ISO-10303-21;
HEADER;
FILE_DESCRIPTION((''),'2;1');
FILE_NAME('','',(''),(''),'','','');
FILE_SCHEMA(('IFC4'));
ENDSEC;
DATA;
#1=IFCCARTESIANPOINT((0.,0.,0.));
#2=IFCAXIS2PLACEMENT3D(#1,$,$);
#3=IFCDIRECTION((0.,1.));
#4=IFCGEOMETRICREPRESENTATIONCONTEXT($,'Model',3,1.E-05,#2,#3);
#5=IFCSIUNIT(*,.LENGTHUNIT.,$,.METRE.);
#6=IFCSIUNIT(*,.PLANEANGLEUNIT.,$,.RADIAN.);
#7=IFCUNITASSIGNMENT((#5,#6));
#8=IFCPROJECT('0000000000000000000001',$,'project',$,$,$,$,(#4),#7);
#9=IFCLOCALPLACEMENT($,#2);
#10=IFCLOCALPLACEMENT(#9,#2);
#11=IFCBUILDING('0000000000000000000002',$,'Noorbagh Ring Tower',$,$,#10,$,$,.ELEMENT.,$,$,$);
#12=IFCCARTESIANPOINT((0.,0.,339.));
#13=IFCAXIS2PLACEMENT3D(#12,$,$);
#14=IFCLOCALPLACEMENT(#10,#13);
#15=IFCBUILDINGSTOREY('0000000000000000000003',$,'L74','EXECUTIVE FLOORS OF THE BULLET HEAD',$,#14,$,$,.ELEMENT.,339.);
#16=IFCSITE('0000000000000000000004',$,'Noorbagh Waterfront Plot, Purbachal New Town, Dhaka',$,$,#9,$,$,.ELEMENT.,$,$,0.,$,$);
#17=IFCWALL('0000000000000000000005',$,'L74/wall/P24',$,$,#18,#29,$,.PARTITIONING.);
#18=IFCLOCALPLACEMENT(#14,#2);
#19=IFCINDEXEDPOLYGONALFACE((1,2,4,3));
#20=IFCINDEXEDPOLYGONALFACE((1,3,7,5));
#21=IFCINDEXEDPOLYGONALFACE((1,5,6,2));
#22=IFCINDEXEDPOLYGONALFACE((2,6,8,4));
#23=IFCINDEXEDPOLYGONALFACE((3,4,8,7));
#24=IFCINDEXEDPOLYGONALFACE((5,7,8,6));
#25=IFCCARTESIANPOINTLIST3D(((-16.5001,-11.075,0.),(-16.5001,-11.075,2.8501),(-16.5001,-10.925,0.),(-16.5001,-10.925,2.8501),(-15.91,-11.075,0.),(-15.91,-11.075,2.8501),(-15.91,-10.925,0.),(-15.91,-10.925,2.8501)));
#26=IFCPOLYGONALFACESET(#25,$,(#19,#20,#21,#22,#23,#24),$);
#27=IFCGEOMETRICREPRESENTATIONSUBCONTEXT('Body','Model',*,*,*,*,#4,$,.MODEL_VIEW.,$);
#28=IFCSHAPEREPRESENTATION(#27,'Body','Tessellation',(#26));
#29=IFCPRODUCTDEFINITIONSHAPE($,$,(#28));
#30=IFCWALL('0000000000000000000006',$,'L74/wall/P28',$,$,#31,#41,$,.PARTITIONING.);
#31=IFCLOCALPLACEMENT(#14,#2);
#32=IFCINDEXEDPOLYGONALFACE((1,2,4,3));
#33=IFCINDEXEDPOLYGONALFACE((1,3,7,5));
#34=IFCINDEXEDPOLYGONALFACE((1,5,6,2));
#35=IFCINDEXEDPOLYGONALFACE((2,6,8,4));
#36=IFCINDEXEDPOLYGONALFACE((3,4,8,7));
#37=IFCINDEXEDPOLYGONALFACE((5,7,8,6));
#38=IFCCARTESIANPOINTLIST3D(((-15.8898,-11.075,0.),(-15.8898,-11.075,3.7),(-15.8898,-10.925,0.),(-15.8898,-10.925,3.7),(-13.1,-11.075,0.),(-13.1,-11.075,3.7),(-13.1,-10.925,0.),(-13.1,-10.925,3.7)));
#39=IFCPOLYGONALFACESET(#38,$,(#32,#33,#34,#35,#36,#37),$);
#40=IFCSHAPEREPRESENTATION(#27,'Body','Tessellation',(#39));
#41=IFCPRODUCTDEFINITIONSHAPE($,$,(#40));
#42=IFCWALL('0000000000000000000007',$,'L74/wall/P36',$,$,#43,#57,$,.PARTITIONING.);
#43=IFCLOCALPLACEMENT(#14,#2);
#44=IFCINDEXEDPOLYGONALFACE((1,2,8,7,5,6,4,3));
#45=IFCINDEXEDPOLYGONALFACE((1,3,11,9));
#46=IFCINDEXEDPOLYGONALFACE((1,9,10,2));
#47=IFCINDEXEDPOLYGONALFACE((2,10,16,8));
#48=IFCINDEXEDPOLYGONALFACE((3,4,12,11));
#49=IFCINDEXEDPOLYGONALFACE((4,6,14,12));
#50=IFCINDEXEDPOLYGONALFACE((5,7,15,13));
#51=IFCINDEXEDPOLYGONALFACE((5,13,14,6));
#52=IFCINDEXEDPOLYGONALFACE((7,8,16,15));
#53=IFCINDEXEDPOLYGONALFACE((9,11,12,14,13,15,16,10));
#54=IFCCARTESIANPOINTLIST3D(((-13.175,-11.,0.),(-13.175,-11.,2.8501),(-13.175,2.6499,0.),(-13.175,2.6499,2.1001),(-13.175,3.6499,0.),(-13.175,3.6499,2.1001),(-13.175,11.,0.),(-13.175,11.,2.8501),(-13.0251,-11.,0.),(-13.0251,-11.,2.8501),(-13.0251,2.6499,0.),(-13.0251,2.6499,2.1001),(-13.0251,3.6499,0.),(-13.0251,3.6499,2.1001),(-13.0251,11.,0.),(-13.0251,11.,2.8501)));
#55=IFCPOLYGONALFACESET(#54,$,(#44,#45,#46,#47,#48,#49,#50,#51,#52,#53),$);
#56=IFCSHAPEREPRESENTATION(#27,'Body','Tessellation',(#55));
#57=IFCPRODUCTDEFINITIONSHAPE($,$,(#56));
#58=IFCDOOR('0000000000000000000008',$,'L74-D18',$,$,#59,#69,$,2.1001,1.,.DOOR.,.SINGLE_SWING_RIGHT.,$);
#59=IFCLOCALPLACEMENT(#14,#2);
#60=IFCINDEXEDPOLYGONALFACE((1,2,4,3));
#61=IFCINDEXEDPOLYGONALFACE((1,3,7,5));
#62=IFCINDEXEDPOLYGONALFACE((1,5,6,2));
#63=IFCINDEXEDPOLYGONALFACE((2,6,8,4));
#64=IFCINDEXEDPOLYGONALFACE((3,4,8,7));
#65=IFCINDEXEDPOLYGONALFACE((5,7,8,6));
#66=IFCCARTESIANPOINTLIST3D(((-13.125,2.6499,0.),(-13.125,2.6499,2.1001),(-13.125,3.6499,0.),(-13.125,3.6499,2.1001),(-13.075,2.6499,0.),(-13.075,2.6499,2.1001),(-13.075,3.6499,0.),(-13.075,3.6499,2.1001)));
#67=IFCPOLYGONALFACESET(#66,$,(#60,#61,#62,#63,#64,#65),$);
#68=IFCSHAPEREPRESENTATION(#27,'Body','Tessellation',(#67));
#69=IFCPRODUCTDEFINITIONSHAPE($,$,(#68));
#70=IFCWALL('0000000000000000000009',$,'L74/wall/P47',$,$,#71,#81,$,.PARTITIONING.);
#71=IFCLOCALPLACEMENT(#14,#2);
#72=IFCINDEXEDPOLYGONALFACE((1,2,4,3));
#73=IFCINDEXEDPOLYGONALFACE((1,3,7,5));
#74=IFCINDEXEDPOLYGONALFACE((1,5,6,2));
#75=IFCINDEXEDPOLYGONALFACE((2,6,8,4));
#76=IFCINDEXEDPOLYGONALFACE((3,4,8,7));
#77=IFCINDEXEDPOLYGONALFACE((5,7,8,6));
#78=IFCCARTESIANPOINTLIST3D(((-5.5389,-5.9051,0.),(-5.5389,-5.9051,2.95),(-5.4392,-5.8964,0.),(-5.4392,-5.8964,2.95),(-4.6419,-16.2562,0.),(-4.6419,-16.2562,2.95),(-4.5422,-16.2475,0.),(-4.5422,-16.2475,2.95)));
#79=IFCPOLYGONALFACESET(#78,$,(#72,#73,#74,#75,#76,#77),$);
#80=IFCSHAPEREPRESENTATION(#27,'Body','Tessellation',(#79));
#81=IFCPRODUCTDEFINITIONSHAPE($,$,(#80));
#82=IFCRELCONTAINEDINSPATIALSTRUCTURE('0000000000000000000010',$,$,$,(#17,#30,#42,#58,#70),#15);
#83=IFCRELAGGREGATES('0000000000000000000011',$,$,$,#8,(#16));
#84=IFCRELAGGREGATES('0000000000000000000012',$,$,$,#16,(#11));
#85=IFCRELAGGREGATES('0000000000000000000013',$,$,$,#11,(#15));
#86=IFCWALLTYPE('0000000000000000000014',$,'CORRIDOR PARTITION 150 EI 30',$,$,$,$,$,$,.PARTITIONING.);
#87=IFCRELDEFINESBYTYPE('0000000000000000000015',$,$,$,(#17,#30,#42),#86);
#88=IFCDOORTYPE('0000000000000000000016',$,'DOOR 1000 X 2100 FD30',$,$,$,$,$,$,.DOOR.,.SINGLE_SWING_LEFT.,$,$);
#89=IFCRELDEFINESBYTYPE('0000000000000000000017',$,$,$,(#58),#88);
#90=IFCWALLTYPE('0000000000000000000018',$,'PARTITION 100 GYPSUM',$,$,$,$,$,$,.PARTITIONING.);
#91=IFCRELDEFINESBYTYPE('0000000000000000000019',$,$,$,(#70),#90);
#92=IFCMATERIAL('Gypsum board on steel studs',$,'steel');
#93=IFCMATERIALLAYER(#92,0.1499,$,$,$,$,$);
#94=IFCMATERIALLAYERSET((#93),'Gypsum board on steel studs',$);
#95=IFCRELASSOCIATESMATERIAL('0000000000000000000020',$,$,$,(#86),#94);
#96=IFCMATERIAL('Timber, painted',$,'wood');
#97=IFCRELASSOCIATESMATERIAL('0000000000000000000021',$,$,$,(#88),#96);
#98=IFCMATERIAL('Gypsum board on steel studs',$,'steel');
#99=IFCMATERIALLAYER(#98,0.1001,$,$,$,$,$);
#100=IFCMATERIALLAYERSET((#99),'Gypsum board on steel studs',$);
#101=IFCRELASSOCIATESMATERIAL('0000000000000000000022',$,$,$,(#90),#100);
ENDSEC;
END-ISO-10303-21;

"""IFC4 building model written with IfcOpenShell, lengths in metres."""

from ifc_helpers import new_model, si_unit, direction, frame, frame_2d, origin, place, context, subcontext, project, spatial, rectangle, extrude, material, layer, layer_set, type_object, element, fill, save


model = new_model("IFC4")

# Units and contexts
model_context = context("Model", 3, precision=1e-05, world=origin(), true_north=direction((0.0, 1.0)))
body_context = subcontext(model_context, "Body", "Model", "MODEL_VIEW")
ifc_project = project(units=[si_unit("LENGTHUNIT", "METRE"), si_unit("PLANEANGLEUNIT", "RADIAN")], contexts=[model_context])

# Site, building, storey
site_placement = place(None, origin())
site = spatial("IfcSite", under=ifc_project, at=site_placement, Name="Noorbagh Waterfront Plot, Purbachal New Town, Dhaka", CompositionType="ELEMENT", RefElevation=0.0)
building_placement = place(site_placement, origin())
building = spatial("IfcBuilding", under=site, at=building_placement, Name="Noorbagh Ring Tower", CompositionType="ELEMENT")
storey_placement = place(building_placement, frame((0.0, 0.0, 339.0)))
storey = spatial("IfcBuildingStorey", under=building, at=storey_placement, Name="L74", Description="EXECUTIVE FLOORS OF THE BULLET HEAD", CompositionType="ELEMENT", Elevation=339.0)

# Walls
ifc_material_1 = material(Name="Gypsum board on steel studs", Category="steel")
ifc_layer_1 = layer(ifc_material_1, 0.1499)
ifc_layer_set_1 = layer_set([ifc_layer_1], Name="Gypsum board on steel studs")
wall_type_1 = type_object("IfcWallType", Name="CORRIDOR PARTITION 150 EI 30", PredefinedType="PARTITIONING", material=ifc_layer_set_1)
wall_1_placement = place(storey_placement, frame((-16.5, -11.0, 0.0), z_axis=(0.0, 0.0, 1.0), x_axis=(1.0, 0.0, 0.0)))
element("IfcWall", 1, at=wall_1_placement, inside=storey, type_object=wall_type_1, Name="L74/wall/P24", PredefinedType="PARTITIONING", context=body_context, shape_type="SweptSolid", body=[
    extrude(rectangle(XDim=0.5901, YDim=0.1499, at=frame_2d((0.2949, 0.0))), origin(), (0.0, 0.0, 1.0), 2.8501),
])
wall_2_placement = place(storey_placement, frame((-15.8899, -11.0, 0.0), z_axis=(0.0, 0.0, 1.0), x_axis=(1.0, 0.0, 0.0)))
element("IfcWall", 2, at=wall_2_placement, inside=storey, type_object=wall_type_1, Name="L74/wall/P28", PredefinedType="PARTITIONING", context=body_context, shape_type="SweptSolid", body=[
    extrude(rectangle(XDim=2.7898, YDim=0.1499, at=frame_2d((1.395, 0.0))), origin(), (0.0, 0.0, 1.0), 3.7),
])

# Wall, opening, door
wall_3_placement = place(storey_placement, frame((-13.1001, -11.0, 0.0), z_axis=(0.0, 0.0, 1.0), x_axis=(0.0, 1.0, 0.0)))
wall_3 = element("IfcWall", 3, at=wall_3_placement, inside=storey, type_object=wall_type_1, Name="L74/wall/P36", PredefinedType="PARTITIONING", context=body_context, shape_type="SweptSolid", body=[
    extrude(rectangle(XDim=22.0, YDim=0.1499, at=frame_2d((11.0, 0.0))), origin(), (0.0, 0.0, 1.0), 2.8501),
])
opening_1_placement = place(wall_3_placement, frame((13.6499, 0.0, 0.0)))
opening_1 = element("IfcOpeningElement", 4, at=opening_1_placement, cuts=wall_3, PredefinedType="OPENING", context=body_context, shape_type="SweptSolid", body=[
    extrude(rectangle(XDim=1.0, YDim=2.1001, at=frame_2d((0.5, 1.05))), frame((0.0, 0.085, 0.0), z_axis=(0.0, -1.0, 0.0), x_axis=(1.0, 0.0, 0.0)), (0.0, 0.0, 1.0), 0.1699),
])
ifc_material_2 = material(Name="Timber, painted", Category="wood")
door_type_1 = type_object("IfcDoorType", Name="DOOR 1000 X 2100 FD30", OperationType="SINGLE_SWING_LEFT", PredefinedType="DOOR", material=ifc_material_2)
door_1_placement = place(opening_1_placement, origin())
door_1 = element("IfcDoor", 5, at=door_1_placement, inside=storey, type_object=door_type_1, Name="L74-D18", OperationType="SINGLE_SWING_RIGHT", OverallHeight=2.1001, OverallWidth=1.0, PredefinedType="DOOR", context=body_context, shape_type="SweptSolid", body=[
    extrude(rectangle(XDim=1.0, YDim=2.1001, at=frame_2d((0.5, 1.05))), frame((0.0, 0.0249, 0.0), z_axis=(0.0, -1.0, 0.0), x_axis=(1.0, 0.0, 0.0)), (0.0, 0.0, 1.0), 0.05),
])
fill(opening_1, door_1)

# Wall
ifc_material_3 = material(Name="Gypsum board on steel studs", Category="steel")
ifc_layer_2 = layer(ifc_material_3, 0.1001)
ifc_layer_set_2 = layer_set([ifc_layer_2], Name="Gypsum board on steel studs")
wall_type_2 = type_object("IfcWallType", Name="PARTITION 100 GYPSUM", PredefinedType="PARTITIONING", material=ifc_layer_set_2)
wall_4_placement = place(storey_placement, frame((-5.489, -5.9009, 0.0), z_axis=(0.0, 0.0, 1.0), x_axis=(0.086332, -0.996266, 0.0)))
element("IfcWall", 6, at=wall_4_placement, inside=storey, type_object=wall_type_2, Name="L74/wall/P47", PredefinedType="PARTITIONING", context=body_context, shape_type="SweptSolid", body=[
    extrude(rectangle(XDim=10.3899, YDim=0.1001, at=frame_2d((5.1948, 0.0))), origin(), (0.0, 0.0, 1.0), 2.95),
])

save(model, "model.ifc")
